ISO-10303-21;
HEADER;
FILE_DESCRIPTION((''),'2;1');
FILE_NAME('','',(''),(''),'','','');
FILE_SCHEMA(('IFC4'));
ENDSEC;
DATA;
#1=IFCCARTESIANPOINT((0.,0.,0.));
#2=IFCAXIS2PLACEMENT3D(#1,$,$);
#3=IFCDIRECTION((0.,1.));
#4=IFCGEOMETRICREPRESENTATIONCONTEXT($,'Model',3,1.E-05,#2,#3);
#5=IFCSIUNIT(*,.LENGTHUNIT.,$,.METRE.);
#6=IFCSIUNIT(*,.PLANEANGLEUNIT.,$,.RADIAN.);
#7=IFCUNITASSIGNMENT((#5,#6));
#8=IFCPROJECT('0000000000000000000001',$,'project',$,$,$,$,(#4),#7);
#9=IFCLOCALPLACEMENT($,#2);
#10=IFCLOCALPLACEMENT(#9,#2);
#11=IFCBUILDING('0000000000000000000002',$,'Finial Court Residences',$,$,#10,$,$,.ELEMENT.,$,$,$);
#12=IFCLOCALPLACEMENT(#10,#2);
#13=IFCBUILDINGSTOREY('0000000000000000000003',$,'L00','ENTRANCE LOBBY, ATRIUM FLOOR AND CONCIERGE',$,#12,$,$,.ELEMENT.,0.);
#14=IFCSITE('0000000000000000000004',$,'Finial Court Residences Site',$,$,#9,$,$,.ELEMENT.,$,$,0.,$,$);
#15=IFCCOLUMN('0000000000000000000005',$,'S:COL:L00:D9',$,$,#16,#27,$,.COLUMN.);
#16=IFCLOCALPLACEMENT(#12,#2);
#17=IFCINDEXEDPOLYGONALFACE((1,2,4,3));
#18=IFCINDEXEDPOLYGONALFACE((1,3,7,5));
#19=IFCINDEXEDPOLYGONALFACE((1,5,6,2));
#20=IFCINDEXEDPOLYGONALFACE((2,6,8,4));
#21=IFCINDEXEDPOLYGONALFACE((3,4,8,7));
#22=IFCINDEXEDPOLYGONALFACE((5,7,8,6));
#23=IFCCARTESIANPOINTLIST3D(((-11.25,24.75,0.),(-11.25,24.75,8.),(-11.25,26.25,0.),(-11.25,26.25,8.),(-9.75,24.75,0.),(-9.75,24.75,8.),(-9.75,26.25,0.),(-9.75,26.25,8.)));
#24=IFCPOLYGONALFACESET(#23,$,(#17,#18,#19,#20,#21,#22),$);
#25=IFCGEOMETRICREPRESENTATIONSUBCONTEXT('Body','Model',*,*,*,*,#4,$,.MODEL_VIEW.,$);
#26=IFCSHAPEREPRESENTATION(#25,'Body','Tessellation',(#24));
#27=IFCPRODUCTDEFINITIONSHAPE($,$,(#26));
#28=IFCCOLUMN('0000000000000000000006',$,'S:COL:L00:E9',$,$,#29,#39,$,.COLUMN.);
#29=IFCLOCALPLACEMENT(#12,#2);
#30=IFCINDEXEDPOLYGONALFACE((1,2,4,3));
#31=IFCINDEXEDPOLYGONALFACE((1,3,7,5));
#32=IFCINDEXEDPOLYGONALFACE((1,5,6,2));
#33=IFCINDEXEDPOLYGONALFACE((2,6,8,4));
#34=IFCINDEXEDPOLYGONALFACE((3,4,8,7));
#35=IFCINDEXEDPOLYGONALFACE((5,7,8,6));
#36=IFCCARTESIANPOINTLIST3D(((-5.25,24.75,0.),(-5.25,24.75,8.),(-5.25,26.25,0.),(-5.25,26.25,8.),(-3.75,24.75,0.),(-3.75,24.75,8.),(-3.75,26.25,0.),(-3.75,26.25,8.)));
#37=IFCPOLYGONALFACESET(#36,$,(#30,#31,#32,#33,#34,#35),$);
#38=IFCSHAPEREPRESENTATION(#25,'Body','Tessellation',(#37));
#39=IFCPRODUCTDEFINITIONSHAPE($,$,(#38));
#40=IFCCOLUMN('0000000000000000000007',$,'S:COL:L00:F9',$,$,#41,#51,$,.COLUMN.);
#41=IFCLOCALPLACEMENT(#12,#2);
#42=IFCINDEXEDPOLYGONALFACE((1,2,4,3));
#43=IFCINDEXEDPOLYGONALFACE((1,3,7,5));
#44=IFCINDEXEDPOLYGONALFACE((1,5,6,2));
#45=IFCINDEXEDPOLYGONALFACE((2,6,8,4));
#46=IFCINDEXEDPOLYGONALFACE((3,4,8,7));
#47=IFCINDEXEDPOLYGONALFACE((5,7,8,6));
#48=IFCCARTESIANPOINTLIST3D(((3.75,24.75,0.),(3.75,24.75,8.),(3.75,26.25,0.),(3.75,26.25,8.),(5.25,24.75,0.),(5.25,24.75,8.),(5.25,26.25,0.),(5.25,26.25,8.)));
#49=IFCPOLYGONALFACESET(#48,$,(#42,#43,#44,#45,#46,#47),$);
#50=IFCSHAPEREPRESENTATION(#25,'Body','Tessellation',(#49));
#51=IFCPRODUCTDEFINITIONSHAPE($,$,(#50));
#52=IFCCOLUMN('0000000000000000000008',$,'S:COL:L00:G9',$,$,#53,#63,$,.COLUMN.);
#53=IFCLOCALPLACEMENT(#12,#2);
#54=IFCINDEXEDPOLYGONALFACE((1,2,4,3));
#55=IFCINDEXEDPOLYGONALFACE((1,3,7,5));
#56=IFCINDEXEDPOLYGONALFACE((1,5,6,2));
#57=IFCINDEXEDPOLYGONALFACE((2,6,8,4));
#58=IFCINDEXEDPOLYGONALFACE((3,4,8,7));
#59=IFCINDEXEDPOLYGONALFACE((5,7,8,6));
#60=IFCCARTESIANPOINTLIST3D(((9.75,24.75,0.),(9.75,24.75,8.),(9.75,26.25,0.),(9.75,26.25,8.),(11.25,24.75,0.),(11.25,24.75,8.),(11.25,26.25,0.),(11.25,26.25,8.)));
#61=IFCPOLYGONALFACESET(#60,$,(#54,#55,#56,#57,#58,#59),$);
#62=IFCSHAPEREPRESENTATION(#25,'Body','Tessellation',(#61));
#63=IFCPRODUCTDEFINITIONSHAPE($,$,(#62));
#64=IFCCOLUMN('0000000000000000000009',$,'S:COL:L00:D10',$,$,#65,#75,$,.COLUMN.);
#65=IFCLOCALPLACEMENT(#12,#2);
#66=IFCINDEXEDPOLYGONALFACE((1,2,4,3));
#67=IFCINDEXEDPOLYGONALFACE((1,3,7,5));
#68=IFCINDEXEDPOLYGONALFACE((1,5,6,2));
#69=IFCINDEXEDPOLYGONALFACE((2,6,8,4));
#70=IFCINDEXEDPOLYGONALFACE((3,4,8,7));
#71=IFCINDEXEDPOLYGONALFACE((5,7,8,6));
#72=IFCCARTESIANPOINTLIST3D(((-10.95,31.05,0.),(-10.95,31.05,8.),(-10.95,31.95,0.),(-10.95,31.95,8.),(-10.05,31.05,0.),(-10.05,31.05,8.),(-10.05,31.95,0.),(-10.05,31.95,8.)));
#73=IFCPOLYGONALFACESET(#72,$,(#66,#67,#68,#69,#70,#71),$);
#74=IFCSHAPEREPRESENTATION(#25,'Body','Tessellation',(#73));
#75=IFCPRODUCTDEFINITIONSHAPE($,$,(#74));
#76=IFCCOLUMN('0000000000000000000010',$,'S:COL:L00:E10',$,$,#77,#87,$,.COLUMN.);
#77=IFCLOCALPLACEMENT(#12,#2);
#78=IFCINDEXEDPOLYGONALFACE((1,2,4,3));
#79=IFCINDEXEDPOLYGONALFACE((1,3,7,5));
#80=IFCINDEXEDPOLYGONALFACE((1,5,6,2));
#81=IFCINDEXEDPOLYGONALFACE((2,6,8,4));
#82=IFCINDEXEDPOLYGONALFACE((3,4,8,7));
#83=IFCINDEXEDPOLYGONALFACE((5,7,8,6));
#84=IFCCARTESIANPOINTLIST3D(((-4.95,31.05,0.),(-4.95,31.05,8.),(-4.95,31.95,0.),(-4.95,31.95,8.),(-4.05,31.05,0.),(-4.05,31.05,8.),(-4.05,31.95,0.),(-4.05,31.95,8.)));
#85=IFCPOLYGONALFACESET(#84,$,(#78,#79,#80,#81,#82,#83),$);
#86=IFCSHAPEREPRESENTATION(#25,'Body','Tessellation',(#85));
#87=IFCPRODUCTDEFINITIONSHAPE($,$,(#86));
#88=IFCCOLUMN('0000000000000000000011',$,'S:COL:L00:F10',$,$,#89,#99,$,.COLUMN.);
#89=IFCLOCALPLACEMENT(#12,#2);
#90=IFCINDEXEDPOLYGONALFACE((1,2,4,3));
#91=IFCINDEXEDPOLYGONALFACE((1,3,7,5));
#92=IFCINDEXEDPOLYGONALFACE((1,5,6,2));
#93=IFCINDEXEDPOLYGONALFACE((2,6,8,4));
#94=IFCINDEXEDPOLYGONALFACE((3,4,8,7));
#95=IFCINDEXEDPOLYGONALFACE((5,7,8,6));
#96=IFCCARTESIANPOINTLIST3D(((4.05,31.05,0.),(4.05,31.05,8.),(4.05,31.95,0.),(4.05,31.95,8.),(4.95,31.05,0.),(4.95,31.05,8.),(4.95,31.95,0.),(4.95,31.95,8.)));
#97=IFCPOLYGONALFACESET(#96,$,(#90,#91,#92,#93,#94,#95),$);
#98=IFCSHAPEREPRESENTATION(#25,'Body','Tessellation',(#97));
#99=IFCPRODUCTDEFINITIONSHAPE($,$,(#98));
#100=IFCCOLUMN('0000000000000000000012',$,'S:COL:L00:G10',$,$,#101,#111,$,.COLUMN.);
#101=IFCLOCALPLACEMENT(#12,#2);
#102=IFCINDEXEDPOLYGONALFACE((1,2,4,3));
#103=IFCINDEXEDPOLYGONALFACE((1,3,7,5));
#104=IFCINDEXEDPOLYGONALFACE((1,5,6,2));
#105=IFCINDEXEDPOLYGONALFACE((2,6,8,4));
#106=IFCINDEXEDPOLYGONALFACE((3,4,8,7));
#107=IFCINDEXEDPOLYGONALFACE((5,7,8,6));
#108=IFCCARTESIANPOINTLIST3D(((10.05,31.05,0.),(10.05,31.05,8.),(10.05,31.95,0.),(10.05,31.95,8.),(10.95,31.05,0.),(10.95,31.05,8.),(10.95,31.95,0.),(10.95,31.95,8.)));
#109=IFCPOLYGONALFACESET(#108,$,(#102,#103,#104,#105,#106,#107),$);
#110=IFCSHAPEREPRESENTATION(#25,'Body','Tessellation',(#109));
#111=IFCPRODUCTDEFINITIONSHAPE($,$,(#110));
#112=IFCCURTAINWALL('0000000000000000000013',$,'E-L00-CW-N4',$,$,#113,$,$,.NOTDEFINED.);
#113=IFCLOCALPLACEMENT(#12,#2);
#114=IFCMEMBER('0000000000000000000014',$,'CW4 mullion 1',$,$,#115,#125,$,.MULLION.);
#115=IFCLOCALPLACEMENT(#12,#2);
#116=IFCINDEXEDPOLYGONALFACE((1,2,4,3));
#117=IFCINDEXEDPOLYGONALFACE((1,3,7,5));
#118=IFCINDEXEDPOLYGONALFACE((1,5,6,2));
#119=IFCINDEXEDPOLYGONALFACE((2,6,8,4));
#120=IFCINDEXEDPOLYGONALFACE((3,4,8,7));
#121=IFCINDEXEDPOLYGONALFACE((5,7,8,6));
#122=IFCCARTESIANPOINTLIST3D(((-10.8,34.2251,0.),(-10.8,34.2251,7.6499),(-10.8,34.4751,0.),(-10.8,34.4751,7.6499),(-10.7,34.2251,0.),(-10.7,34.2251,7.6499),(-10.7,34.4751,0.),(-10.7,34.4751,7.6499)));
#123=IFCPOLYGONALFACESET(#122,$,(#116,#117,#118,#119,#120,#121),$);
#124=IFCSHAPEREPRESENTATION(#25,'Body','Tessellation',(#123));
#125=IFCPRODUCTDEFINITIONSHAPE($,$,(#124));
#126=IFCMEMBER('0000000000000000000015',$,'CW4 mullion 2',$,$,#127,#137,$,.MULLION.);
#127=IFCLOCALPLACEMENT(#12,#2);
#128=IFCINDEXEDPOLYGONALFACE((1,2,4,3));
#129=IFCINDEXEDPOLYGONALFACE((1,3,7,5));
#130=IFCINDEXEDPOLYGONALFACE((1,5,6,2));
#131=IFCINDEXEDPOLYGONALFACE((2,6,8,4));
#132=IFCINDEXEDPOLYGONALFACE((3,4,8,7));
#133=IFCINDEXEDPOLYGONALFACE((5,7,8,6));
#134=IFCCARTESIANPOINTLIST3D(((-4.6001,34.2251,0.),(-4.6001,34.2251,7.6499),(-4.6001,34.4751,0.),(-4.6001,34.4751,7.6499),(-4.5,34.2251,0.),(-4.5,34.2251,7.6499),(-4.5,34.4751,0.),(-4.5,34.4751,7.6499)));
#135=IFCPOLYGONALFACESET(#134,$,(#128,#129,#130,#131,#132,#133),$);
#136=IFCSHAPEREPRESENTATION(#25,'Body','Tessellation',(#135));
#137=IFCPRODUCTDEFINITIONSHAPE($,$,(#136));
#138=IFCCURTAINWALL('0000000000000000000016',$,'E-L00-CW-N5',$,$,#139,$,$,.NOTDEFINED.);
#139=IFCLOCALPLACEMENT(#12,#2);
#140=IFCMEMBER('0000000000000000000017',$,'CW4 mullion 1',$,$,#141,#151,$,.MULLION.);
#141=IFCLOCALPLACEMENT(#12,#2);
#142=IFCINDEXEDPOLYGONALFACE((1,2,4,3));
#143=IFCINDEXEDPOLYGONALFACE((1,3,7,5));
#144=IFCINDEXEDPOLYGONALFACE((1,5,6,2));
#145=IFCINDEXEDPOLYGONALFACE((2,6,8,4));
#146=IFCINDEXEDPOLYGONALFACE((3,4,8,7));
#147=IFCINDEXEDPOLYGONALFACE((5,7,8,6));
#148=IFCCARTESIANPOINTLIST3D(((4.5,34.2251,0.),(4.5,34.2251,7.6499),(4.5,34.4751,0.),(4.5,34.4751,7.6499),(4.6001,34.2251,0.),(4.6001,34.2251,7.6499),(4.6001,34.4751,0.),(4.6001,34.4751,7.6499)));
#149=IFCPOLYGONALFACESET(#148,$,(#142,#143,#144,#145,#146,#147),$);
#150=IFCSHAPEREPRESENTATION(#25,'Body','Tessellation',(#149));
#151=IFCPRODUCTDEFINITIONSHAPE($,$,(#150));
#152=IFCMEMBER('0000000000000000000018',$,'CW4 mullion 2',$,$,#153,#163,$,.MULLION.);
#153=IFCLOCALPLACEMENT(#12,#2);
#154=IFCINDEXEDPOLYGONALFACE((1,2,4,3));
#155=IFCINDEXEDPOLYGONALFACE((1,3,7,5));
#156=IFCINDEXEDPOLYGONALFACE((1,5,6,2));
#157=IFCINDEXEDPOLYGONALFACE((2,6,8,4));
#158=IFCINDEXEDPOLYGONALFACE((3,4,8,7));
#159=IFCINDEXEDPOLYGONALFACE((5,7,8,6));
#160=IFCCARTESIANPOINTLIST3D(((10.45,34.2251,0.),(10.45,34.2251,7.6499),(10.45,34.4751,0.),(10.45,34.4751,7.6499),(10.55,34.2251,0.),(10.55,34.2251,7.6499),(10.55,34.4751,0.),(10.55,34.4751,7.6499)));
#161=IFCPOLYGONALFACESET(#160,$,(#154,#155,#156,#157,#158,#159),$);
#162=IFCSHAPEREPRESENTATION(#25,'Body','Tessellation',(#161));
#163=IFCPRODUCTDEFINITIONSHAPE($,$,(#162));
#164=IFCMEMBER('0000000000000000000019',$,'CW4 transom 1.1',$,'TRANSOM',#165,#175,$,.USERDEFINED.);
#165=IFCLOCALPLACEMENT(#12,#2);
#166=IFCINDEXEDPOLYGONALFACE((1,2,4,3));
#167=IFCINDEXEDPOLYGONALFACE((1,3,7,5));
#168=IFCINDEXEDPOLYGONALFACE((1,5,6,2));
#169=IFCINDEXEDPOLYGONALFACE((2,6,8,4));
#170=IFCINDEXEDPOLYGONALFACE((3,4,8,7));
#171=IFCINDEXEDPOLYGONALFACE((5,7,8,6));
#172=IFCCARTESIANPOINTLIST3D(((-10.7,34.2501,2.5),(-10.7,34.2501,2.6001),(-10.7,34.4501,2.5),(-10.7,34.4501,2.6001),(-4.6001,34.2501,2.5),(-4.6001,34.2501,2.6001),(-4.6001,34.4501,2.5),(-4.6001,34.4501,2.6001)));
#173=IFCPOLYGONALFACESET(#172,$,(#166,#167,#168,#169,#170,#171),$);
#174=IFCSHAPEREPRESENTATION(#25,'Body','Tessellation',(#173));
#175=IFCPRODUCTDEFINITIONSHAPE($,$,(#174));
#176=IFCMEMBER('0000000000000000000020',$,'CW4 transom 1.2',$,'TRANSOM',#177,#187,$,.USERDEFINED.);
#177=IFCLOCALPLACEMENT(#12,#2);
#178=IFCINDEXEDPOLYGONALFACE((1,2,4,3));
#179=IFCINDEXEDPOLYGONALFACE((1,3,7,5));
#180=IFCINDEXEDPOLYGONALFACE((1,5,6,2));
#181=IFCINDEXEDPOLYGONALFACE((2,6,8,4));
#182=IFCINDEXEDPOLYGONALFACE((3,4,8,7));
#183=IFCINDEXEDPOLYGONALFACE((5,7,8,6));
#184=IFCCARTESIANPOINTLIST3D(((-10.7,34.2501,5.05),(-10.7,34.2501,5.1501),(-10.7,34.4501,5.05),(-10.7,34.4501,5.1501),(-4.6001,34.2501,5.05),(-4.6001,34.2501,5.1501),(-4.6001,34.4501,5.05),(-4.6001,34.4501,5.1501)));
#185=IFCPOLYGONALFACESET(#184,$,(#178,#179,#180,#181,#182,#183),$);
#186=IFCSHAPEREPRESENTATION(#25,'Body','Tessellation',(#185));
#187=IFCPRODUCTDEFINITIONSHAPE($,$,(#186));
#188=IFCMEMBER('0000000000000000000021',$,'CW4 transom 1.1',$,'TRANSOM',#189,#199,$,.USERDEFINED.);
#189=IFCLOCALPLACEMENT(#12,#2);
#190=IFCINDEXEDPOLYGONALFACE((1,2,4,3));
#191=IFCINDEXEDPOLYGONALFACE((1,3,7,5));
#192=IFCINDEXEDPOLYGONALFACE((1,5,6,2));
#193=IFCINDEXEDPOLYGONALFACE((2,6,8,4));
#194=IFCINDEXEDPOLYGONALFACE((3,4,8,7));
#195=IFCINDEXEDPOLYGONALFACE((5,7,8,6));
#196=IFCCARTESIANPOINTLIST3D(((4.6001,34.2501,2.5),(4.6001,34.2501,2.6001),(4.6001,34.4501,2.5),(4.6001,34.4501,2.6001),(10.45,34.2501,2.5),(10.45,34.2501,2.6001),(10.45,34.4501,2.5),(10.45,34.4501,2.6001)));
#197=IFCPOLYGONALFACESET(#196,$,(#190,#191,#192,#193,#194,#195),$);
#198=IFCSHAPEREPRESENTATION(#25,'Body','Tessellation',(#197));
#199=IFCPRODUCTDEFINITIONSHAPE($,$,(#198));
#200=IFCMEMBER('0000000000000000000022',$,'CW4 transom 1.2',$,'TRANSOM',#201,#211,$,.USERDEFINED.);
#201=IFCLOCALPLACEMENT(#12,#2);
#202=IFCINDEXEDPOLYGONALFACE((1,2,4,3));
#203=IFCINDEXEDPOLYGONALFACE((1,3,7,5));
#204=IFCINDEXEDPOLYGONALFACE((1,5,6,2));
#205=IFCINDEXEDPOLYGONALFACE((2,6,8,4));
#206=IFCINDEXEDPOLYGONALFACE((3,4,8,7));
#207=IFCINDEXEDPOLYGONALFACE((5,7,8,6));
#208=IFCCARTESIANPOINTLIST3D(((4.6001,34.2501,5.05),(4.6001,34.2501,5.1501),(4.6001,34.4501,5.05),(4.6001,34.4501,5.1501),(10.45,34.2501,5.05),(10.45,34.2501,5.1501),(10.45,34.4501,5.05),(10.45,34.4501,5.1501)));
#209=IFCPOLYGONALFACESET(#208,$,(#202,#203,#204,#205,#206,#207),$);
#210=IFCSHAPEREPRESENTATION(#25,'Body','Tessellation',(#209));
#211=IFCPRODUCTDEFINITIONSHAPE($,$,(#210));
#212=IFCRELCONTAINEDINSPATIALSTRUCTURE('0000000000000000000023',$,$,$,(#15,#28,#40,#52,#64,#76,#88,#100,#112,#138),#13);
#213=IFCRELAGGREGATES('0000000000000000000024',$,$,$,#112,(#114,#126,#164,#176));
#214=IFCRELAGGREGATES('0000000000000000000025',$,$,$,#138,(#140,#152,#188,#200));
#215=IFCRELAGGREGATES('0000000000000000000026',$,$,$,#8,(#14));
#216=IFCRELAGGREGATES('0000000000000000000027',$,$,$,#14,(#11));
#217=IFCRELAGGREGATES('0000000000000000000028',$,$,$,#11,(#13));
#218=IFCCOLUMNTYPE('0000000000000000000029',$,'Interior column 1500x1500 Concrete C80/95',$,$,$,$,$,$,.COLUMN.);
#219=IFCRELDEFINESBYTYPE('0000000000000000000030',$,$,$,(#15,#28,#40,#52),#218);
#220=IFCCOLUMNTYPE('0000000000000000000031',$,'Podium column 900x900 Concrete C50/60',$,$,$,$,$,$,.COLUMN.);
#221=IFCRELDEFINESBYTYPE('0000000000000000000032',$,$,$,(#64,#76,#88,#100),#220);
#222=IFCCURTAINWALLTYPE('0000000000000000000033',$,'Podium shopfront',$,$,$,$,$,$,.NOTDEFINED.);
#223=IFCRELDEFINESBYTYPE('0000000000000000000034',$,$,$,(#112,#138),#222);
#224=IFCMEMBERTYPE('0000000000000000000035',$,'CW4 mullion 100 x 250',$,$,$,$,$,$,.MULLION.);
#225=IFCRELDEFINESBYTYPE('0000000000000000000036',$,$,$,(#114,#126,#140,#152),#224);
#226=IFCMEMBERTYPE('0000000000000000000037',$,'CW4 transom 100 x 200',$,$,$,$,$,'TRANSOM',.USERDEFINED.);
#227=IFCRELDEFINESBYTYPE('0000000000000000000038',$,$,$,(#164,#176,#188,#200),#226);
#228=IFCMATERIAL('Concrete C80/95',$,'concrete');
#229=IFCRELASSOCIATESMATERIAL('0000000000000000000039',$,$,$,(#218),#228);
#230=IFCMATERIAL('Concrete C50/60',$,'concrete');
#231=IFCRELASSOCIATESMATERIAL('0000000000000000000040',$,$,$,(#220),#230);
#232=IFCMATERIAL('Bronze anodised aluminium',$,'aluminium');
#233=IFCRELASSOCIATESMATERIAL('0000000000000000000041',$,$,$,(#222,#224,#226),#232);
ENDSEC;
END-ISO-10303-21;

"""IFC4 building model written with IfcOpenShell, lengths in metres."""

from ifc_helpers import new_model, si_unit, direction, frame, origin, origin_2d, place, context, subcontext, project, spatial, rectangle, extrude, material, material_profile, profile_set, type_object, element, aggregate, save


model = new_model("IFC4")

# Units and contexts
model_context = context("Model", 3, precision=1e-05, world=origin(), true_north=direction((0.0, 1.0)))
body_context = subcontext(model_context, "Body", "Model", "MODEL_VIEW")
ifc_project = project(units=[si_unit("LENGTHUNIT", "METRE"), si_unit("PLANEANGLEUNIT", "RADIAN")], contexts=[model_context])

# Site, building, storey
site_placement = place(None, origin())
site = spatial("IfcSite", under=ifc_project, at=site_placement, Name="Finial Court Residences Site", CompositionType="ELEMENT", RefElevation=0.0)
building_placement = place(site_placement, origin())
building = spatial("IfcBuilding", under=site, at=building_placement, Name="Finial Court Residences", CompositionType="ELEMENT")
storey_placement = place(building_placement, origin())
storey = spatial("IfcBuildingStorey", under=building, at=storey_placement, Name="L00", Description="ENTRANCE LOBBY, ATRIUM FLOOR AND CONCIERGE", CompositionType="ELEMENT", Elevation=0.0)

# Columns
ifc_material_1 = material(Name="Concrete C80/95", Category="concrete")
ifc_material_profile_1 = material_profile(ifc_material_1, rectangle(XDim=1.5, YDim=1.5, at=origin_2d()), Name="1500x1500")
ifc_profile_set_1 = profile_set([ifc_material_profile_1], Name="Concrete C80/95")
column_type_1 = type_object("IfcColumnType", Name="Interior column 1500x1500 Concrete C80/95", PredefinedType="COLUMN", material=ifc_profile_set_1)
for number, where, z_axis, x_axis, name in (
    (1, (-10.5, 25.5, 0.0), (0.0, 0.0, 1.0), (1.0, 0.0, 0.0), "S:COL:L00:D9"),
    (2, (-4.5, 25.5, 0.0), (0.0, 0.0, 1.0), (1.0, 0.0, 0.0), "S:COL:L00:E9"),
    (3, (4.5, 25.5, 0.0), (0.0, 0.0, 1.0), (1.0, 0.0, 0.0), "S:COL:L00:F9"),
    (4, (10.5, 25.5, 0.0), (0.0, 0.0, 1.0), (1.0, 0.0, 0.0), "S:COL:L00:G9"),
):
    element("IfcColumn", number, at=place(storey_placement, frame(where, z_axis=z_axis, x_axis=x_axis)), inside=storey, type_object=column_type_1, Name=name, PredefinedType="COLUMN", context=body_context, shape_type="SweptSolid", body=[
        extrude(rectangle(XDim=1.5, YDim=1.5, at=origin_2d()), origin(), (0.0, 0.0, 1.0), 8.0),
    ])
ifc_material_2 = material(Name="Concrete C50/60", Category="concrete")
ifc_material_profile_2 = material_profile(ifc_material_2, rectangle(XDim=0.8999, YDim=0.8999, at=origin_2d()), Name="900x900")
ifc_profile_set_2 = profile_set([ifc_material_profile_2], Name="Concrete C50/60")
column_type_2 = type_object("IfcColumnType", Name="Podium column 900x900 Concrete C50/60", PredefinedType="COLUMN", material=ifc_profile_set_2)
for number, where, z_axis, x_axis, name in (
    (5, (-10.5, 31.5, 0.0), (0.0, 0.0, 1.0), (1.0, 0.0, 0.0), "S:COL:L00:D10"),
    (6, (-4.5, 31.5, 0.0), (0.0, 0.0, 1.0), (1.0, 0.0, 0.0), "S:COL:L00:E10"),
    (7, (4.5, 31.5, 0.0), (0.0, 0.0, 1.0), (1.0, 0.0, 0.0), "S:COL:L00:F10"),
    (8, (10.5, 31.5, 0.0), (0.0, 0.0, 1.0), (1.0, 0.0, 0.0), "S:COL:L00:G10"),
):
    element("IfcColumn", number, at=place(storey_placement, frame(where, z_axis=z_axis, x_axis=x_axis)), inside=storey, type_object=column_type_2, Name=name, PredefinedType="COLUMN", context=body_context, shape_type="SweptSolid", body=[
        extrude(rectangle(XDim=0.8999, YDim=0.8999, at=origin_2d()), origin(), (0.0, 0.0, 1.0), 8.0),
    ])

# Curtain walls, members
ifc_material_3 = material(Name="Bronze anodised aluminium", Category="aluminium")
curtain_wall_type = type_object("IfcCurtainWallType", Name="Podium shopfront", PredefinedType="NOTDEFINED", material=ifc_material_3)
curtain_wall_1_placement = place(storey_placement, origin())
curtain_wall_1 = element("IfcCurtainWall", 9, at=curtain_wall_1_placement, inside=storey, type_object=curtain_wall_type, Name="E-L00-CW-N4", PredefinedType="NOTDEFINED")
ifc_material_profile_3 = material_profile(ifc_material_3, rectangle(XDim=0.25, YDim=0.1001, at=origin_2d()), Name="CW4 mullion 100 x 250")
ifc_profile_set_3 = profile_set([ifc_material_profile_3], Name="Bronze anodised aluminium")
member_type_1 = type_object("IfcMemberType", Name="CW4 mullion 100 x 250", PredefinedType="MULLION", material=ifc_profile_set_3)
member_1_placement = place(storey_placement, frame((-10.75, 34.3501, 0.0), z_axis=(0.0, 0.0, 1.0), x_axis=(0.0, 1.0, 0.0)))
member_1 = element("IfcMember", 10, at=member_1_placement, type_object=member_type_1, Name="CW4 mullion 1", PredefinedType="MULLION", context=body_context, shape_type="SweptSolid", body=[
    extrude(rectangle(XDim=0.25, YDim=0.1001, at=origin_2d()), origin(), (0.0, 0.0, 1.0), 7.6499),
])
member_2_placement = place(storey_placement, frame((-4.55, 34.3501, 0.0), z_axis=(0.0, 0.0, 1.0), x_axis=(0.0, 1.0, 0.0)))
member_2 = element("IfcMember", 11, at=member_2_placement, type_object=member_type_1, Name="CW4 mullion 2", PredefinedType="MULLION", context=body_context, shape_type="SweptSolid", body=[
    extrude(rectangle(XDim=0.25, YDim=0.1001, at=origin_2d()), origin(), (0.0, 0.0, 1.0), 7.6499),
])
curtain_wall_2_placement = place(storey_placement, origin())
curtain_wall_2 = element("IfcCurtainWall", 12, at=curtain_wall_2_placement, inside=storey, type_object=curtain_wall_type, Name="E-L00-CW-N5", PredefinedType="NOTDEFINED")
member_3_placement = place(storey_placement, frame((4.55, 34.3501, 0.0), z_axis=(0.0, 0.0, 1.0), x_axis=(0.0, 1.0, 0.0)))
member_3 = element("IfcMember", 13, at=member_3_placement, type_object=member_type_1, Name="CW4 mullion 1", PredefinedType="MULLION", context=body_context, shape_type="SweptSolid", body=[
    extrude(rectangle(XDim=0.25, YDim=0.1001, at=origin_2d()), origin(), (0.0, 0.0, 1.0), 7.6499),
])
member_4_placement = place(storey_placement, frame((10.5, 34.3501, 0.0), z_axis=(0.0, 0.0, 1.0), x_axis=(0.0, 1.0, 0.0)))
member_4 = element("IfcMember", 14, at=member_4_placement, type_object=member_type_1, Name="CW4 mullion 2", PredefinedType="MULLION", context=body_context, shape_type="SweptSolid", body=[
    extrude(rectangle(XDim=0.25, YDim=0.1001, at=origin_2d()), origin(), (0.0, 0.0, 1.0), 7.6499),
])

# Members
ifc_material_profile_4 = material_profile(ifc_material_3, rectangle(XDim=0.2, YDim=0.1001, at=origin_2d()), Name="CW4 transom 100 x 200")
ifc_profile_set_4 = profile_set([ifc_material_profile_4], Name="Bronze anodised aluminium")
member_type_2 = type_object("IfcMemberType", Name="CW4 transom 100 x 200", ElementType="TRANSOM", PredefinedType="USERDEFINED", material=ifc_profile_set_4)
member_5_placement = place(storey_placement, frame((-10.7, 34.3501, 2.55), z_axis=(1.0, 0.0, 0.0), x_axis=(0.0, 1.0, 0.0)))
member_5 = element("IfcMember", 15, at=member_5_placement, type_object=member_type_2, Name="CW4 transom 1.1", ObjectType="TRANSOM", PredefinedType="USERDEFINED", context=body_context, shape_type="SweptSolid", body=[
    extrude(rectangle(XDim=0.2, YDim=0.1001, at=origin_2d()), origin(), (0.0, 0.0, 1.0), 6.0999),
])
member_6_placement = place(storey_placement, frame((-10.7, 34.3501, 5.1001), z_axis=(1.0, 0.0, 0.0), x_axis=(0.0, 1.0, 0.0)))
member_6 = element("IfcMember", 16, at=member_6_placement, type_object=member_type_2, Name="CW4 transom 1.2", ObjectType="TRANSOM", PredefinedType="USERDEFINED", context=body_context, shape_type="SweptSolid", body=[
    extrude(rectangle(XDim=0.2, YDim=0.1001, at=origin_2d()), origin(), (0.0, 0.0, 1.0), 6.0999),
])
member_7_placement = place(storey_placement, frame((4.6001, 34.3501, 2.55), z_axis=(1.0, 0.0, 0.0), x_axis=(0.0, 1.0, 0.0)))
member_7 = element("IfcMember", 17, at=member_7_placement, type_object=member_type_2, Name="CW4 transom 1.1", ObjectType="TRANSOM", PredefinedType="USERDEFINED", context=body_context, shape_type="SweptSolid", body=[
    extrude(rectangle(XDim=0.2, YDim=0.1001, at=origin_2d()), origin(), (0.0, 0.0, 1.0), 5.8499),
])
member_8_placement = place(storey_placement, frame((4.6001, 34.3501, 5.1001), z_axis=(1.0, 0.0, 0.0), x_axis=(0.0, 1.0, 0.0)))
member_8 = element("IfcMember", 18, at=member_8_placement, type_object=member_type_2, Name="CW4 transom 1.2", ObjectType="TRANSOM", PredefinedType="USERDEFINED", context=body_context, shape_type="SweptSolid", body=[
    extrude(rectangle(XDim=0.2, YDim=0.1001, at=origin_2d()), origin(), (0.0, 0.0, 1.0), 5.8499),
])

aggregate(curtain_wall_1, [member_1, member_2, member_5, member_6])
aggregate(curtain_wall_2, [member_3, member_4, member_7, member_8])

save(model, "model.ifc")
